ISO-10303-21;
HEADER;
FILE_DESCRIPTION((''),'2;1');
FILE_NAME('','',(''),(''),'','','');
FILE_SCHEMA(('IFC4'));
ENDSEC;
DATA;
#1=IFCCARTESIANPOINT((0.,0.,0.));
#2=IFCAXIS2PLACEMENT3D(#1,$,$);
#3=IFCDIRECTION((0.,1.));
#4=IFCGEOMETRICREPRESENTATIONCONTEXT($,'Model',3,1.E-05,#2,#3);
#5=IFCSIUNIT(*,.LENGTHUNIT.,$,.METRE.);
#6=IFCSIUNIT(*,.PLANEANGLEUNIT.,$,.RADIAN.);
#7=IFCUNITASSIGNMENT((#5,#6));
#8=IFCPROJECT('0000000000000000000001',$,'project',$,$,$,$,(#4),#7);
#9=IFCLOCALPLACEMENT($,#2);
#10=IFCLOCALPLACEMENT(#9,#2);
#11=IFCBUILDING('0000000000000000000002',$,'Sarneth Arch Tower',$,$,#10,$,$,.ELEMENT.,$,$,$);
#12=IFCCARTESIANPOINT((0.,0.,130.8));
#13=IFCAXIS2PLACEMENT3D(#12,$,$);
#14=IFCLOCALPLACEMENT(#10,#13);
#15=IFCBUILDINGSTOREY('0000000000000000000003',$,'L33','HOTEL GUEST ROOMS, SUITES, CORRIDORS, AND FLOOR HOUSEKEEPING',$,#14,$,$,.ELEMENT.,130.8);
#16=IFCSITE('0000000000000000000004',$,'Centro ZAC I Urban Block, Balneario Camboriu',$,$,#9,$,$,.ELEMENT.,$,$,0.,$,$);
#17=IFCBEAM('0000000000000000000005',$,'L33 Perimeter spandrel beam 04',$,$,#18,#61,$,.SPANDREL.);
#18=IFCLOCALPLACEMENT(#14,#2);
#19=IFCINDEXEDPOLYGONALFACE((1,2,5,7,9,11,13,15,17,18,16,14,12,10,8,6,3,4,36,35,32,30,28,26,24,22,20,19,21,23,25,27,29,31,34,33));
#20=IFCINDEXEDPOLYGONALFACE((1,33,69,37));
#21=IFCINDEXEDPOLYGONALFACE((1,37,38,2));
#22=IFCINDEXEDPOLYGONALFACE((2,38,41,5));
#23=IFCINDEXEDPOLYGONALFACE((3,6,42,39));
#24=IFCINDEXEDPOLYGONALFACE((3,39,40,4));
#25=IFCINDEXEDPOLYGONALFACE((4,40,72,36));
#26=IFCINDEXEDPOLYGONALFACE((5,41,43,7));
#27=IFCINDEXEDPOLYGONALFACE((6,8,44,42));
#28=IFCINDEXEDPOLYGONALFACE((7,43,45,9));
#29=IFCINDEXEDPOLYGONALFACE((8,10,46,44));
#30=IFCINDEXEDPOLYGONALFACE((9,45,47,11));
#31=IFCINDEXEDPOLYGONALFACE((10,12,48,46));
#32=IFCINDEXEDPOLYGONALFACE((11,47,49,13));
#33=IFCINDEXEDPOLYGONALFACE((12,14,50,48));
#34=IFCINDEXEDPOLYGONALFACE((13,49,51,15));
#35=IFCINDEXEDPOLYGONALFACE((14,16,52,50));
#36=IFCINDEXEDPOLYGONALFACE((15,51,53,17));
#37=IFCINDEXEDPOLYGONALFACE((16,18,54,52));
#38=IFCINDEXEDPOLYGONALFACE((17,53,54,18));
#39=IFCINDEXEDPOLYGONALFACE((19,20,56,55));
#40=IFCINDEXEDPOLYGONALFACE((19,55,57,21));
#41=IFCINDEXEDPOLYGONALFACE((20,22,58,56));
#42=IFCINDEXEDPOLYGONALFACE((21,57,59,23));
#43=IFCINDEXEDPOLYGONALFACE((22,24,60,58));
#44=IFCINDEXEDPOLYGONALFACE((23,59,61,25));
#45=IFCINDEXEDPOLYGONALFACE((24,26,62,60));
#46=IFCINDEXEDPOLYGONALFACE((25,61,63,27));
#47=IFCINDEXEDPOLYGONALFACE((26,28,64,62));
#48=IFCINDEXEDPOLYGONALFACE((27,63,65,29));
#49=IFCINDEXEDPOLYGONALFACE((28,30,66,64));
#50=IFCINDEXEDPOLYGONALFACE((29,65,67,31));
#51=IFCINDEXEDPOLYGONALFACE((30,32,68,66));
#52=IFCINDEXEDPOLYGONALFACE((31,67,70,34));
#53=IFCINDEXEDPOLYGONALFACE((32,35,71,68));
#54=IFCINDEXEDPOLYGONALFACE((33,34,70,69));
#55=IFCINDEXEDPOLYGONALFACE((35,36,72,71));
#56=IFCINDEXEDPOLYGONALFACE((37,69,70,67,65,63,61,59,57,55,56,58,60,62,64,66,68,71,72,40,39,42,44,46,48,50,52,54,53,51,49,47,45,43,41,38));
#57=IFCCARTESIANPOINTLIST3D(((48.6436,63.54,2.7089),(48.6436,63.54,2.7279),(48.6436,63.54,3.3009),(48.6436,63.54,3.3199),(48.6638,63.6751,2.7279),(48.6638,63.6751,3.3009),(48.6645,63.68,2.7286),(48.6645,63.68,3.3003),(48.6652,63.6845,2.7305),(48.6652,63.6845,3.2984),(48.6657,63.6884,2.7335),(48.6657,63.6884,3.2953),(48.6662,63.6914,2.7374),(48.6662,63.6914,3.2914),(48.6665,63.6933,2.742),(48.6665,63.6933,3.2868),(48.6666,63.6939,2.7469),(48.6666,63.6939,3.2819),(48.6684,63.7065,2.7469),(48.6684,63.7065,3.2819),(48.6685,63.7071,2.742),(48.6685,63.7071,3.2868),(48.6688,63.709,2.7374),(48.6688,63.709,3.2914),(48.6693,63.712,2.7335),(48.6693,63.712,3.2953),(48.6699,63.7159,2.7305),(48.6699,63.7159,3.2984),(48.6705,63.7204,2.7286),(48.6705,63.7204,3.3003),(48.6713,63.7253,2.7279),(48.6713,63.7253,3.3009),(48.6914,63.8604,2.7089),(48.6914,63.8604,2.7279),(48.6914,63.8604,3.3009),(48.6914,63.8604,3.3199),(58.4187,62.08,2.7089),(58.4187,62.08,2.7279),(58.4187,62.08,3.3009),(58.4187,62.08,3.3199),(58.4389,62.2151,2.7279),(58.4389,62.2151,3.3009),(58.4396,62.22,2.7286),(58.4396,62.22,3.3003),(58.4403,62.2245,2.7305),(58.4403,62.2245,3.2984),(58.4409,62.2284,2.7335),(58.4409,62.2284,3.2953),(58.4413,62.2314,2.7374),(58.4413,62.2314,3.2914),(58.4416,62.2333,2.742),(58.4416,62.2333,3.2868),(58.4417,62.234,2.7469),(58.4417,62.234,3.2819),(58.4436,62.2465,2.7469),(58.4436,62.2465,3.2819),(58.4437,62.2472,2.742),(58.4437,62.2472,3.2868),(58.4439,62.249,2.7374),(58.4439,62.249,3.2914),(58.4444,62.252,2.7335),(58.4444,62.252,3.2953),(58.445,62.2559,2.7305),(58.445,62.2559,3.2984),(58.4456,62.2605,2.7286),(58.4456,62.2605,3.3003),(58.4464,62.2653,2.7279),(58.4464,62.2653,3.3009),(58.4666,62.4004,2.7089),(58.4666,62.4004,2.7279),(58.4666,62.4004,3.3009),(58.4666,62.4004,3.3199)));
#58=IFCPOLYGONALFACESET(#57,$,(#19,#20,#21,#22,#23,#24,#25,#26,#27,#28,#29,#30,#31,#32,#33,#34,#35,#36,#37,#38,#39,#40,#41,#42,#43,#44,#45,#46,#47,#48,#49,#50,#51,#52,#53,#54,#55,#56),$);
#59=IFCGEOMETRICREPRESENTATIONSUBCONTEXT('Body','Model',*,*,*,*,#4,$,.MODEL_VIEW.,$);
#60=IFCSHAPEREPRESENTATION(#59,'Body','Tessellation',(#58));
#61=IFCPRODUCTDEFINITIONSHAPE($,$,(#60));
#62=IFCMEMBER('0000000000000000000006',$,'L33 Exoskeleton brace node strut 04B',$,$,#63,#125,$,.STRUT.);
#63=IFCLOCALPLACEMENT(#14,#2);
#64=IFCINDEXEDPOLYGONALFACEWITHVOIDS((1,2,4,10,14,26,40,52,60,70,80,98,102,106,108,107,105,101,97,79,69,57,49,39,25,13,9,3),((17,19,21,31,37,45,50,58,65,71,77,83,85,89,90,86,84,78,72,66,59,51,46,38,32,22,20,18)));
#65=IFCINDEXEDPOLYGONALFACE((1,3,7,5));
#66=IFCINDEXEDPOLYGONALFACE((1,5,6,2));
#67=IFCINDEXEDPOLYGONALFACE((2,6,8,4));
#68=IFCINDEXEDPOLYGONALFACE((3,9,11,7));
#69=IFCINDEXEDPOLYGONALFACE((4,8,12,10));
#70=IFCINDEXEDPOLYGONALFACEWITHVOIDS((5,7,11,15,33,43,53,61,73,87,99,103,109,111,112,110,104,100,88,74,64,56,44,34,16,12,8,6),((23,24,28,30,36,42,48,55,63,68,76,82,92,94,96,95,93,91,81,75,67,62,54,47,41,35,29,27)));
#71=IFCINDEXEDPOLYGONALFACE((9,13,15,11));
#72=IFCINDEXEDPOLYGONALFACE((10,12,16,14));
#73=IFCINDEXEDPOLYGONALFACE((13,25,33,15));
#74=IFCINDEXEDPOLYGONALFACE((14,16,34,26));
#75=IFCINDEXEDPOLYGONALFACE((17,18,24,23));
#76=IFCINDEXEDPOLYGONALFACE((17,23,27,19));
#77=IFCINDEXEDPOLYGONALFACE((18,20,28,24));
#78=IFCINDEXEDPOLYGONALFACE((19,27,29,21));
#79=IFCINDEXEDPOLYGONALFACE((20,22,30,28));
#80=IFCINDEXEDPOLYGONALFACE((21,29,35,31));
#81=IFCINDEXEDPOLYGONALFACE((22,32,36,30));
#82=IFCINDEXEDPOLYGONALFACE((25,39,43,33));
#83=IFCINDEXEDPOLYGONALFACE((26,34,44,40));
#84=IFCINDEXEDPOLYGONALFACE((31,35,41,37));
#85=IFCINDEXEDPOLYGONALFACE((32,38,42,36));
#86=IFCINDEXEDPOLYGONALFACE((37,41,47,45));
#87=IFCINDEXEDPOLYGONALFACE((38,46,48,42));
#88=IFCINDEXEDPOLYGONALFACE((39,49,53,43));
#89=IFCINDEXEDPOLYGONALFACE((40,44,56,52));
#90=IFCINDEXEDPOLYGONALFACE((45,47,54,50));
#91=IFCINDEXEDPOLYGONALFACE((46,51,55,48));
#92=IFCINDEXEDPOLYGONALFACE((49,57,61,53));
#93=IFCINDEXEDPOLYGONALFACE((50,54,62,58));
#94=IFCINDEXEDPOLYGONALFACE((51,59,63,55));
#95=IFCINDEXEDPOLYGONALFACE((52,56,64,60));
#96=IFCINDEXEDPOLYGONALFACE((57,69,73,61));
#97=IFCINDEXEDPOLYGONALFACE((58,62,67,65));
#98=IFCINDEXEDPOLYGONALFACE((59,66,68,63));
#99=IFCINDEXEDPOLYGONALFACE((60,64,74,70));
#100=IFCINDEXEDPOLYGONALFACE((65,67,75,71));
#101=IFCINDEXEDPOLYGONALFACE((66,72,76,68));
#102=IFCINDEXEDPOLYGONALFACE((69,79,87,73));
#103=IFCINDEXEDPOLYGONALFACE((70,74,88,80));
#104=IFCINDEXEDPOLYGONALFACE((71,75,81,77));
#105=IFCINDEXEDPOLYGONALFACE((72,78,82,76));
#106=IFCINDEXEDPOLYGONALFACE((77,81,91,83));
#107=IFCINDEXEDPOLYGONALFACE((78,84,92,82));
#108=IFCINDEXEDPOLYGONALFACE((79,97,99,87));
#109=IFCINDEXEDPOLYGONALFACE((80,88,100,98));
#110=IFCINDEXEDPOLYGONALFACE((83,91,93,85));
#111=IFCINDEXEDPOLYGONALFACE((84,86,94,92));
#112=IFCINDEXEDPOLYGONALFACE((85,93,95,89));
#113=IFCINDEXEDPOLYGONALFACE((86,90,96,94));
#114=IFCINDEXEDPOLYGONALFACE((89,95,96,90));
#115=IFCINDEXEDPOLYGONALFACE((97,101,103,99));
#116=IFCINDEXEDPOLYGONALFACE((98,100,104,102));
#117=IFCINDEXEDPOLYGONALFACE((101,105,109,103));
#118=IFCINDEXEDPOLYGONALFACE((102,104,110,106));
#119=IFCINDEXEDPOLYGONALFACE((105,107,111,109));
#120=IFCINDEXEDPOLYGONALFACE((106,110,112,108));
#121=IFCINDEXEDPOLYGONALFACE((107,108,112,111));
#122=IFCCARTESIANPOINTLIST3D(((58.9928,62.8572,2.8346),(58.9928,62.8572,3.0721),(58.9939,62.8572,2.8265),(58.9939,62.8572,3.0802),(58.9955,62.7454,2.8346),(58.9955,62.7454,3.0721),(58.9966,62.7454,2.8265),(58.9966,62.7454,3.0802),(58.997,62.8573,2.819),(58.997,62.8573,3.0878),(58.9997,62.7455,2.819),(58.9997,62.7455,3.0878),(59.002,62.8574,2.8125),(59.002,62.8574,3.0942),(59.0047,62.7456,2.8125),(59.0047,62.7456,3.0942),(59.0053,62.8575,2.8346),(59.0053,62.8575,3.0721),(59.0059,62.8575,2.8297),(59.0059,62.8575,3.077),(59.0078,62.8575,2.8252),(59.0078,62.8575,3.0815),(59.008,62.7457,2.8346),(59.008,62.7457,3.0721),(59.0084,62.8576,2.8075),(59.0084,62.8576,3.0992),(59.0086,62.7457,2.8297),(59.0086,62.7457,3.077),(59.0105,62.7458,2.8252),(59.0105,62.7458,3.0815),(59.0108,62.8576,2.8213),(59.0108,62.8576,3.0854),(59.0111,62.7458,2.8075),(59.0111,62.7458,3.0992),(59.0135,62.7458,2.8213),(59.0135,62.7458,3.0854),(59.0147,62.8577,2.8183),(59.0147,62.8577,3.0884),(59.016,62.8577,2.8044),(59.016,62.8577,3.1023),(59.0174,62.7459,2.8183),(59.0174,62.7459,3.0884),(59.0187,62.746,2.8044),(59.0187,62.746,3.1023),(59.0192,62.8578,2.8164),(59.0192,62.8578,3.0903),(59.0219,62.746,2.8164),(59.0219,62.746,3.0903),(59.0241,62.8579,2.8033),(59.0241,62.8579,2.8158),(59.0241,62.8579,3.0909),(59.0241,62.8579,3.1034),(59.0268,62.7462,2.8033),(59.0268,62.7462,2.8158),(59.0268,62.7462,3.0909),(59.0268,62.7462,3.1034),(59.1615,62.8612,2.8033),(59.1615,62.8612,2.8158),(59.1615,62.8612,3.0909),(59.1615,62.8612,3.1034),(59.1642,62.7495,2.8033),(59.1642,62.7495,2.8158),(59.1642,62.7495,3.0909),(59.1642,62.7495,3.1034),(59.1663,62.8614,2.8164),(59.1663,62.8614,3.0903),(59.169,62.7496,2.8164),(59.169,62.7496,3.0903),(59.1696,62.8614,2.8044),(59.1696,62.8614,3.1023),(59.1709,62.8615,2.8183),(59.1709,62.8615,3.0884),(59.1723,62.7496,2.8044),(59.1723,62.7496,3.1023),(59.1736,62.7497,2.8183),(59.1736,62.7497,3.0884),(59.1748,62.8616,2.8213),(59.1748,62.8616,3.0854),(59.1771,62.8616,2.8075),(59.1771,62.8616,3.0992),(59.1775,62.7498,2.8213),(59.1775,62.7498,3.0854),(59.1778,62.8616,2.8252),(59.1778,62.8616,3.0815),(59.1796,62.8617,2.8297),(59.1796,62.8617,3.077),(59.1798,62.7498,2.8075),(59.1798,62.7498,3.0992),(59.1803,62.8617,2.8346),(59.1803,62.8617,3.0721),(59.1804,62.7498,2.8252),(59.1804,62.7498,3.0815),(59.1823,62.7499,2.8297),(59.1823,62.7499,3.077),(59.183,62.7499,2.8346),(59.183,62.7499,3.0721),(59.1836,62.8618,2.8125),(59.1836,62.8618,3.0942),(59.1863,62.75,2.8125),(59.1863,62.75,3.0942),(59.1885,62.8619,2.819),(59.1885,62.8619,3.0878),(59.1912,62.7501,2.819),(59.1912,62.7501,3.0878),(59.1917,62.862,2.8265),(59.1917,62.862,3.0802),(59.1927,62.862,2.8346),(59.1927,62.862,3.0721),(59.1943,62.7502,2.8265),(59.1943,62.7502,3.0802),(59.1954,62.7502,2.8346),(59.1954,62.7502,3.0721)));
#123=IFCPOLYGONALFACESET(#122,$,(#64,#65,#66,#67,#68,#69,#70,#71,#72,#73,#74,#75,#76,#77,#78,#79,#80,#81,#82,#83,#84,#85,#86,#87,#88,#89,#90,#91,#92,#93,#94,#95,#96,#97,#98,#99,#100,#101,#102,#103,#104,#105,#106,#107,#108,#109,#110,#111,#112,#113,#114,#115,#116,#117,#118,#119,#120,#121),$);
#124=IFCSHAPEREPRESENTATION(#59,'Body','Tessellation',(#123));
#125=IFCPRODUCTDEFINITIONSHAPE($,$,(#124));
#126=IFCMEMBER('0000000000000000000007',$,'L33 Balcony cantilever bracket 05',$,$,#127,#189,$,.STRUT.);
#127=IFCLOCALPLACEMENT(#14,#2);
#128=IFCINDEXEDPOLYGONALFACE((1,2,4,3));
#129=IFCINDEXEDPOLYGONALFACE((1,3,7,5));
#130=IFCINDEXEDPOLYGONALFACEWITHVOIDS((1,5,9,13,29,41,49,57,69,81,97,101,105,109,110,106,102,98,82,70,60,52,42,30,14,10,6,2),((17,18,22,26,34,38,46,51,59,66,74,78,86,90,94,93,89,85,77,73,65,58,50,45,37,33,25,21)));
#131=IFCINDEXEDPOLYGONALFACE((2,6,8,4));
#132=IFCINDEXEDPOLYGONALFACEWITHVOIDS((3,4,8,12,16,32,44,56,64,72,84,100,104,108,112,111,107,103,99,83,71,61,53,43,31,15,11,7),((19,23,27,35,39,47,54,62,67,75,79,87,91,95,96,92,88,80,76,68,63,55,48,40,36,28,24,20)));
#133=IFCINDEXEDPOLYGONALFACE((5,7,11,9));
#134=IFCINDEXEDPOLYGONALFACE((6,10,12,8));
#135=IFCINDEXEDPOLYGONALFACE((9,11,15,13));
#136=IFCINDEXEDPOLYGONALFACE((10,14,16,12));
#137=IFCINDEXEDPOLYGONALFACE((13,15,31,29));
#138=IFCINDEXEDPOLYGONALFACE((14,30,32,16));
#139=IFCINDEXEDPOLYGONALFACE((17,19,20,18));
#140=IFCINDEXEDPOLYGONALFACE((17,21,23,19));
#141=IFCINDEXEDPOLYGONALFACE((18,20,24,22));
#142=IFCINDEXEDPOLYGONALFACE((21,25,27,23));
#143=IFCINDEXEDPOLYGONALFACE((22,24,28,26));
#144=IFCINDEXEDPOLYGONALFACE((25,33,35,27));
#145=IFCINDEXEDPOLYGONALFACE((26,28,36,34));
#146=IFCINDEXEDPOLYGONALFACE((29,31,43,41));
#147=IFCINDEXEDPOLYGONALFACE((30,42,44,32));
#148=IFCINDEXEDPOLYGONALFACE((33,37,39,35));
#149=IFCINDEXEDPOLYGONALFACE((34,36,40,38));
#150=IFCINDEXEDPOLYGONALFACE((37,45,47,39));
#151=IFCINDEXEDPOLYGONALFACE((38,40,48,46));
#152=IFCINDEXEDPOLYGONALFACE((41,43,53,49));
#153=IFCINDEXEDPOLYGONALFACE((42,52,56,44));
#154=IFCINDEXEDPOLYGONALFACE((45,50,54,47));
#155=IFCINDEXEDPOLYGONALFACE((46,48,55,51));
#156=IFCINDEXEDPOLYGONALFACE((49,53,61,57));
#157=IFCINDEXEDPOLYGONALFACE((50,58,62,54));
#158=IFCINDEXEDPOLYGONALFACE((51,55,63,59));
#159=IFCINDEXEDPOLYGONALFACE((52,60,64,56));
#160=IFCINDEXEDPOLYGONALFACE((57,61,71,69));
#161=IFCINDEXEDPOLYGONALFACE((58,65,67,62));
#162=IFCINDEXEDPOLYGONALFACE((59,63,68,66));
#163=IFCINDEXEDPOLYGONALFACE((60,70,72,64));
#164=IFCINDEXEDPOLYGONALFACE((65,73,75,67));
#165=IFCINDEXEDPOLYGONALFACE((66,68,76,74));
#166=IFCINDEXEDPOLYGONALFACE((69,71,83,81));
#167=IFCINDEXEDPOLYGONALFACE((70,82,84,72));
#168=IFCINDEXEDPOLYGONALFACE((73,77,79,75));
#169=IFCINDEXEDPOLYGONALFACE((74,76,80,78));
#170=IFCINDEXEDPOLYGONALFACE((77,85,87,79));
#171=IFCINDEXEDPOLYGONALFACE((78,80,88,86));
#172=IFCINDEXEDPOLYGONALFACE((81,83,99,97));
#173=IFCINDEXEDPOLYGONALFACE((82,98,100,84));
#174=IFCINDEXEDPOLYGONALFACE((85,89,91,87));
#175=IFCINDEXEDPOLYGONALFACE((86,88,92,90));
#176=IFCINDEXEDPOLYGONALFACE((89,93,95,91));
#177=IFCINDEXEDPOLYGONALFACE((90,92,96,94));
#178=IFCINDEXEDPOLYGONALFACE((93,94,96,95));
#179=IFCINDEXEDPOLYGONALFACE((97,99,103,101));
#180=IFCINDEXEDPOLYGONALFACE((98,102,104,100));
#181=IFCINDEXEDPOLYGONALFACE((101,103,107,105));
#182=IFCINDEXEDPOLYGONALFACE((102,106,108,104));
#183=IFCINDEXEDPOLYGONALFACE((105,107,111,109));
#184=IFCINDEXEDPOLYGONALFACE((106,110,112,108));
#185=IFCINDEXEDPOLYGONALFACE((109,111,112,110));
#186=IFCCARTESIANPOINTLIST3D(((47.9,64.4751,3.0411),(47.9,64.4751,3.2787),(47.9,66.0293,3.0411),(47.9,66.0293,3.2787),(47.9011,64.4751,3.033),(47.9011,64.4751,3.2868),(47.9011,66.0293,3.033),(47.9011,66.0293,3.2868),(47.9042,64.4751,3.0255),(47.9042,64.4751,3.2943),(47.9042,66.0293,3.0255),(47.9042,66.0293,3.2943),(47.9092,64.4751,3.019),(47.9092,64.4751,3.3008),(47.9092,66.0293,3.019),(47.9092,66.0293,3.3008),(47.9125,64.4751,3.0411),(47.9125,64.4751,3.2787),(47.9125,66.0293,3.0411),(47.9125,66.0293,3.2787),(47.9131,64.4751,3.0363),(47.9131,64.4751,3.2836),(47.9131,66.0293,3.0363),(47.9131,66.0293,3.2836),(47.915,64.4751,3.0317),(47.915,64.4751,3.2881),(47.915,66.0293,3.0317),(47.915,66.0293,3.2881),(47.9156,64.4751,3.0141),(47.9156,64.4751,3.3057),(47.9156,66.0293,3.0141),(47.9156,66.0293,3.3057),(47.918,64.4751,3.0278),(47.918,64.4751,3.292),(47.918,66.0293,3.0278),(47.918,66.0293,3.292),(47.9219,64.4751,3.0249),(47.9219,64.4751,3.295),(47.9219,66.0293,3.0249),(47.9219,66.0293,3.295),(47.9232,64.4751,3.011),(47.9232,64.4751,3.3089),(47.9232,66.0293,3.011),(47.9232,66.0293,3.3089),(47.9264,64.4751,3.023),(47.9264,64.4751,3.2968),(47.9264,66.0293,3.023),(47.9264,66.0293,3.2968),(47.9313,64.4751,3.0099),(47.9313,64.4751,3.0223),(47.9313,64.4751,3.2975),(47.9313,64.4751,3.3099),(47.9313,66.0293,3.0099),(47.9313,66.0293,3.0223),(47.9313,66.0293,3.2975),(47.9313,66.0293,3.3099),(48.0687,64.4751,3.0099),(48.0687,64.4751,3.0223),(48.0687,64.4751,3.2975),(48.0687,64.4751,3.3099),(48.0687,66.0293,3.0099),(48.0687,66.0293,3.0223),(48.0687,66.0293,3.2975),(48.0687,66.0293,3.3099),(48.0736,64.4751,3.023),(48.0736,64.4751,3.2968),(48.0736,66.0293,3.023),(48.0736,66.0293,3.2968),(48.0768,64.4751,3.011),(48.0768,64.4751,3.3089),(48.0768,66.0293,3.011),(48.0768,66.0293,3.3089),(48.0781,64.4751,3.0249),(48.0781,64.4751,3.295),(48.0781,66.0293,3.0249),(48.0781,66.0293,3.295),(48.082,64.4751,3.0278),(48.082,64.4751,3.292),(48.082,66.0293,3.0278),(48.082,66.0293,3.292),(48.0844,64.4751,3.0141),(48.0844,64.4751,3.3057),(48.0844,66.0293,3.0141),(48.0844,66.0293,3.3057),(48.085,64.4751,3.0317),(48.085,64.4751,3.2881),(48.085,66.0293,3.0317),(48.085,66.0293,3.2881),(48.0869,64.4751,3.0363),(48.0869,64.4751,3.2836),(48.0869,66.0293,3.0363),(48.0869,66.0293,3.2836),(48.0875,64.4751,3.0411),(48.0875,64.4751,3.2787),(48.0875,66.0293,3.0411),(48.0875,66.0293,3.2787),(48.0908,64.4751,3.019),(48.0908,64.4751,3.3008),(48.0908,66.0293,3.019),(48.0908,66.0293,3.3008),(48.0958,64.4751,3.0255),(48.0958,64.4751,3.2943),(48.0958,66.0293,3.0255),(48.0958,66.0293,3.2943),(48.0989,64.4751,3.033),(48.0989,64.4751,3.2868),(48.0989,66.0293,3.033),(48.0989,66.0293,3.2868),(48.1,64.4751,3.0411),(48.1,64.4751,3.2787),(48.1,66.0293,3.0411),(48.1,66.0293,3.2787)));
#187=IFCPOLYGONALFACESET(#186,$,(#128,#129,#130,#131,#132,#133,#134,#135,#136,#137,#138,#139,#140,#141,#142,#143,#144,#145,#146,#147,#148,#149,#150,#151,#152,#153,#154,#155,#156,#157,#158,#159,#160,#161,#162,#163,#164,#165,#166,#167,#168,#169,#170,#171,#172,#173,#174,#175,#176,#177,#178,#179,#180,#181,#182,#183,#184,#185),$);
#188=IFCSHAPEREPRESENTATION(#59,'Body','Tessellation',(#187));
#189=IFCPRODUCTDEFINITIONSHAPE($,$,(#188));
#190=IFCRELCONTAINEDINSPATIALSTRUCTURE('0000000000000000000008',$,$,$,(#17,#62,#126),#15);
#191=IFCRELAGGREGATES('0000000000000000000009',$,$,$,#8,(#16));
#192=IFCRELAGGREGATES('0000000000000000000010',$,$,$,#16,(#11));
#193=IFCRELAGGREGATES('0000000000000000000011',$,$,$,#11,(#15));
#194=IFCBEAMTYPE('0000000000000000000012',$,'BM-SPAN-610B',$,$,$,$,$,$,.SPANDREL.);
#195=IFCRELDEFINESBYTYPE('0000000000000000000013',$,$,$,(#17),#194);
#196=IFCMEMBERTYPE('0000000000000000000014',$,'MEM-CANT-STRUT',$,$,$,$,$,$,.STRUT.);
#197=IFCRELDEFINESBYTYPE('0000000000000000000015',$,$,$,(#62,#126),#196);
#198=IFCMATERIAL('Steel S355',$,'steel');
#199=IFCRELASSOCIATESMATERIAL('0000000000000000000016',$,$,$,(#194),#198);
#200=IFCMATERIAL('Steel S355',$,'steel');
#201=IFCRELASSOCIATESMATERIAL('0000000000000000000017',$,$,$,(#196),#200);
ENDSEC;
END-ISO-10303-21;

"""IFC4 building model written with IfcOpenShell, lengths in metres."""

from ifc_helpers import new_model, si_unit, direction, frame, origin, origin_2d, place, context, subcontext, project, spatial, hollow_rectangle, i_section, extrude, material, material_profile, profile_set, type_object, element, save


model = new_model("IFC4")

# Units and contexts
model_context = context("Model", 3, precision=1e-05, world=origin(), true_north=direction((0.0, 1.0)))
body_context = subcontext(model_context, "Body", "Model", "MODEL_VIEW")
ifc_project = project(units=[si_unit("LENGTHUNIT", "METRE"), si_unit("PLANEANGLEUNIT", "RADIAN")], contexts=[model_context])

# Site, building, storey
site_placement = place(None, origin())
site = spatial("IfcSite", under=ifc_project, at=site_placement, Name="Centro ZAC I Urban Block, Balneario Camboriu", CompositionType="ELEMENT", RefElevation=0.0)
building_placement = place(site_placement, origin())
building = spatial("IfcBuilding", under=site, at=building_placement, Name="Sarneth Arch Tower", CompositionType="ELEMENT")
storey_placement = place(building_placement, frame((0.0, 0.0, 130.8)))
storey = spatial("IfcBuildingStorey", under=building, at=storey_placement, Name="L33", Description="HOTEL GUEST ROOMS, SUITES, CORRIDORS, AND FLOOR HOUSEKEEPING", CompositionType="ELEMENT", Elevation=130.8)

# Beam
ifc_material_1 = material(Name="Steel S355", Category="steel")
ifc_material_profile_1 = material_profile(ifc_material_1, i_section(OverallWidth=0.324, OverallDepth=0.6111, WebThickness=0.0127, FlangeThickness=0.019, FilletRadius=0.019, at=origin_2d()), Name="W610x155")
ifc_profile_set_1 = profile_set([ifc_material_profile_1], Name="Steel S355")
beam_type_1 = type_object("IfcBeamType", Name="BM-SPAN-610B", PredefinedType="SPANDREL", material=ifc_profile_set_1)
beam_1_placement = place(storey_placement, frame((58.4426, 62.2402, 3.0144), z_axis=(-0.98903, 0.147716, 0.0), x_axis=(-0.147716, -0.98903, 0.0)))
element("IfcBeam", 1, at=beam_1_placement, inside=storey, type_object=beam_type_1, Name="L33 Perimeter spandrel beam 04", PredefinedType="SPANDREL", context=body_context, shape_type="SweptSolid", body=[
    extrude(i_section(OverallWidth=0.324, OverallDepth=0.6111, WebThickness=0.0127, FlangeThickness=0.019, FilletRadius=0.019, at=origin_2d()), origin(), (0.0, 0.0, 1.0), 9.8835),
])

# Members
ifc_material_2 = material(Name="Steel S355", Category="steel")
ifc_material_profile_2 = material_profile(ifc_material_2, hollow_rectangle(XDim=0.2, YDim=0.3, WallThickness=0.0125, InnerFilletRadius=0.0188, OuterFilletRadius=0.0312, at=origin_2d()), Name="RHS300x200x12.5")
ifc_profile_set_2 = profile_set([ifc_material_profile_2], Name="Steel S355")
member_type_1 = type_object("IfcMemberType", Name="MEM-CANT-STRUT", PredefinedType="STRUT", material=ifc_profile_set_2)
member_1_placement = place(storey_placement, frame((59.0955, 62.7478, 2.9534), z_axis=(-0.024011, 0.999712, 0.0), x_axis=(-0.999712, -0.024011, 0.0)))
element("IfcMember", 2, at=member_1_placement, inside=storey, type_object=member_type_1, Name="L33 Exoskeleton brace node strut 04B", PredefinedType="STRUT", context=body_context, shape_type="SweptSolid", body=[
    extrude(hollow_rectangle(XDim=0.2, YDim=0.3, WallThickness=0.0125, InnerFilletRadius=0.0188, OuterFilletRadius=0.0312, at=origin_2d()), origin(), (0.0, 0.0, 1.0), 0.1118),
])
member_2_placement = place(storey_placement, frame((48.0, 64.4751, 3.1599), z_axis=(0.0, 1.0, 0.0), x_axis=(-1.0, 0.0, 0.0)))
element("IfcMember", 3, at=member_2_placement, inside=storey, type_object=member_type_1, Name="L33 Balcony cantilever bracket 05", PredefinedType="STRUT", context=body_context, shape_type="SweptSolid", body=[
    extrude(hollow_rectangle(XDim=0.2, YDim=0.3, WallThickness=0.0125, InnerFilletRadius=0.0188, OuterFilletRadius=0.0312, at=origin_2d()), origin(), (0.0, 0.0, 1.0), 1.5542),
])

save(model, "model.ifc")
